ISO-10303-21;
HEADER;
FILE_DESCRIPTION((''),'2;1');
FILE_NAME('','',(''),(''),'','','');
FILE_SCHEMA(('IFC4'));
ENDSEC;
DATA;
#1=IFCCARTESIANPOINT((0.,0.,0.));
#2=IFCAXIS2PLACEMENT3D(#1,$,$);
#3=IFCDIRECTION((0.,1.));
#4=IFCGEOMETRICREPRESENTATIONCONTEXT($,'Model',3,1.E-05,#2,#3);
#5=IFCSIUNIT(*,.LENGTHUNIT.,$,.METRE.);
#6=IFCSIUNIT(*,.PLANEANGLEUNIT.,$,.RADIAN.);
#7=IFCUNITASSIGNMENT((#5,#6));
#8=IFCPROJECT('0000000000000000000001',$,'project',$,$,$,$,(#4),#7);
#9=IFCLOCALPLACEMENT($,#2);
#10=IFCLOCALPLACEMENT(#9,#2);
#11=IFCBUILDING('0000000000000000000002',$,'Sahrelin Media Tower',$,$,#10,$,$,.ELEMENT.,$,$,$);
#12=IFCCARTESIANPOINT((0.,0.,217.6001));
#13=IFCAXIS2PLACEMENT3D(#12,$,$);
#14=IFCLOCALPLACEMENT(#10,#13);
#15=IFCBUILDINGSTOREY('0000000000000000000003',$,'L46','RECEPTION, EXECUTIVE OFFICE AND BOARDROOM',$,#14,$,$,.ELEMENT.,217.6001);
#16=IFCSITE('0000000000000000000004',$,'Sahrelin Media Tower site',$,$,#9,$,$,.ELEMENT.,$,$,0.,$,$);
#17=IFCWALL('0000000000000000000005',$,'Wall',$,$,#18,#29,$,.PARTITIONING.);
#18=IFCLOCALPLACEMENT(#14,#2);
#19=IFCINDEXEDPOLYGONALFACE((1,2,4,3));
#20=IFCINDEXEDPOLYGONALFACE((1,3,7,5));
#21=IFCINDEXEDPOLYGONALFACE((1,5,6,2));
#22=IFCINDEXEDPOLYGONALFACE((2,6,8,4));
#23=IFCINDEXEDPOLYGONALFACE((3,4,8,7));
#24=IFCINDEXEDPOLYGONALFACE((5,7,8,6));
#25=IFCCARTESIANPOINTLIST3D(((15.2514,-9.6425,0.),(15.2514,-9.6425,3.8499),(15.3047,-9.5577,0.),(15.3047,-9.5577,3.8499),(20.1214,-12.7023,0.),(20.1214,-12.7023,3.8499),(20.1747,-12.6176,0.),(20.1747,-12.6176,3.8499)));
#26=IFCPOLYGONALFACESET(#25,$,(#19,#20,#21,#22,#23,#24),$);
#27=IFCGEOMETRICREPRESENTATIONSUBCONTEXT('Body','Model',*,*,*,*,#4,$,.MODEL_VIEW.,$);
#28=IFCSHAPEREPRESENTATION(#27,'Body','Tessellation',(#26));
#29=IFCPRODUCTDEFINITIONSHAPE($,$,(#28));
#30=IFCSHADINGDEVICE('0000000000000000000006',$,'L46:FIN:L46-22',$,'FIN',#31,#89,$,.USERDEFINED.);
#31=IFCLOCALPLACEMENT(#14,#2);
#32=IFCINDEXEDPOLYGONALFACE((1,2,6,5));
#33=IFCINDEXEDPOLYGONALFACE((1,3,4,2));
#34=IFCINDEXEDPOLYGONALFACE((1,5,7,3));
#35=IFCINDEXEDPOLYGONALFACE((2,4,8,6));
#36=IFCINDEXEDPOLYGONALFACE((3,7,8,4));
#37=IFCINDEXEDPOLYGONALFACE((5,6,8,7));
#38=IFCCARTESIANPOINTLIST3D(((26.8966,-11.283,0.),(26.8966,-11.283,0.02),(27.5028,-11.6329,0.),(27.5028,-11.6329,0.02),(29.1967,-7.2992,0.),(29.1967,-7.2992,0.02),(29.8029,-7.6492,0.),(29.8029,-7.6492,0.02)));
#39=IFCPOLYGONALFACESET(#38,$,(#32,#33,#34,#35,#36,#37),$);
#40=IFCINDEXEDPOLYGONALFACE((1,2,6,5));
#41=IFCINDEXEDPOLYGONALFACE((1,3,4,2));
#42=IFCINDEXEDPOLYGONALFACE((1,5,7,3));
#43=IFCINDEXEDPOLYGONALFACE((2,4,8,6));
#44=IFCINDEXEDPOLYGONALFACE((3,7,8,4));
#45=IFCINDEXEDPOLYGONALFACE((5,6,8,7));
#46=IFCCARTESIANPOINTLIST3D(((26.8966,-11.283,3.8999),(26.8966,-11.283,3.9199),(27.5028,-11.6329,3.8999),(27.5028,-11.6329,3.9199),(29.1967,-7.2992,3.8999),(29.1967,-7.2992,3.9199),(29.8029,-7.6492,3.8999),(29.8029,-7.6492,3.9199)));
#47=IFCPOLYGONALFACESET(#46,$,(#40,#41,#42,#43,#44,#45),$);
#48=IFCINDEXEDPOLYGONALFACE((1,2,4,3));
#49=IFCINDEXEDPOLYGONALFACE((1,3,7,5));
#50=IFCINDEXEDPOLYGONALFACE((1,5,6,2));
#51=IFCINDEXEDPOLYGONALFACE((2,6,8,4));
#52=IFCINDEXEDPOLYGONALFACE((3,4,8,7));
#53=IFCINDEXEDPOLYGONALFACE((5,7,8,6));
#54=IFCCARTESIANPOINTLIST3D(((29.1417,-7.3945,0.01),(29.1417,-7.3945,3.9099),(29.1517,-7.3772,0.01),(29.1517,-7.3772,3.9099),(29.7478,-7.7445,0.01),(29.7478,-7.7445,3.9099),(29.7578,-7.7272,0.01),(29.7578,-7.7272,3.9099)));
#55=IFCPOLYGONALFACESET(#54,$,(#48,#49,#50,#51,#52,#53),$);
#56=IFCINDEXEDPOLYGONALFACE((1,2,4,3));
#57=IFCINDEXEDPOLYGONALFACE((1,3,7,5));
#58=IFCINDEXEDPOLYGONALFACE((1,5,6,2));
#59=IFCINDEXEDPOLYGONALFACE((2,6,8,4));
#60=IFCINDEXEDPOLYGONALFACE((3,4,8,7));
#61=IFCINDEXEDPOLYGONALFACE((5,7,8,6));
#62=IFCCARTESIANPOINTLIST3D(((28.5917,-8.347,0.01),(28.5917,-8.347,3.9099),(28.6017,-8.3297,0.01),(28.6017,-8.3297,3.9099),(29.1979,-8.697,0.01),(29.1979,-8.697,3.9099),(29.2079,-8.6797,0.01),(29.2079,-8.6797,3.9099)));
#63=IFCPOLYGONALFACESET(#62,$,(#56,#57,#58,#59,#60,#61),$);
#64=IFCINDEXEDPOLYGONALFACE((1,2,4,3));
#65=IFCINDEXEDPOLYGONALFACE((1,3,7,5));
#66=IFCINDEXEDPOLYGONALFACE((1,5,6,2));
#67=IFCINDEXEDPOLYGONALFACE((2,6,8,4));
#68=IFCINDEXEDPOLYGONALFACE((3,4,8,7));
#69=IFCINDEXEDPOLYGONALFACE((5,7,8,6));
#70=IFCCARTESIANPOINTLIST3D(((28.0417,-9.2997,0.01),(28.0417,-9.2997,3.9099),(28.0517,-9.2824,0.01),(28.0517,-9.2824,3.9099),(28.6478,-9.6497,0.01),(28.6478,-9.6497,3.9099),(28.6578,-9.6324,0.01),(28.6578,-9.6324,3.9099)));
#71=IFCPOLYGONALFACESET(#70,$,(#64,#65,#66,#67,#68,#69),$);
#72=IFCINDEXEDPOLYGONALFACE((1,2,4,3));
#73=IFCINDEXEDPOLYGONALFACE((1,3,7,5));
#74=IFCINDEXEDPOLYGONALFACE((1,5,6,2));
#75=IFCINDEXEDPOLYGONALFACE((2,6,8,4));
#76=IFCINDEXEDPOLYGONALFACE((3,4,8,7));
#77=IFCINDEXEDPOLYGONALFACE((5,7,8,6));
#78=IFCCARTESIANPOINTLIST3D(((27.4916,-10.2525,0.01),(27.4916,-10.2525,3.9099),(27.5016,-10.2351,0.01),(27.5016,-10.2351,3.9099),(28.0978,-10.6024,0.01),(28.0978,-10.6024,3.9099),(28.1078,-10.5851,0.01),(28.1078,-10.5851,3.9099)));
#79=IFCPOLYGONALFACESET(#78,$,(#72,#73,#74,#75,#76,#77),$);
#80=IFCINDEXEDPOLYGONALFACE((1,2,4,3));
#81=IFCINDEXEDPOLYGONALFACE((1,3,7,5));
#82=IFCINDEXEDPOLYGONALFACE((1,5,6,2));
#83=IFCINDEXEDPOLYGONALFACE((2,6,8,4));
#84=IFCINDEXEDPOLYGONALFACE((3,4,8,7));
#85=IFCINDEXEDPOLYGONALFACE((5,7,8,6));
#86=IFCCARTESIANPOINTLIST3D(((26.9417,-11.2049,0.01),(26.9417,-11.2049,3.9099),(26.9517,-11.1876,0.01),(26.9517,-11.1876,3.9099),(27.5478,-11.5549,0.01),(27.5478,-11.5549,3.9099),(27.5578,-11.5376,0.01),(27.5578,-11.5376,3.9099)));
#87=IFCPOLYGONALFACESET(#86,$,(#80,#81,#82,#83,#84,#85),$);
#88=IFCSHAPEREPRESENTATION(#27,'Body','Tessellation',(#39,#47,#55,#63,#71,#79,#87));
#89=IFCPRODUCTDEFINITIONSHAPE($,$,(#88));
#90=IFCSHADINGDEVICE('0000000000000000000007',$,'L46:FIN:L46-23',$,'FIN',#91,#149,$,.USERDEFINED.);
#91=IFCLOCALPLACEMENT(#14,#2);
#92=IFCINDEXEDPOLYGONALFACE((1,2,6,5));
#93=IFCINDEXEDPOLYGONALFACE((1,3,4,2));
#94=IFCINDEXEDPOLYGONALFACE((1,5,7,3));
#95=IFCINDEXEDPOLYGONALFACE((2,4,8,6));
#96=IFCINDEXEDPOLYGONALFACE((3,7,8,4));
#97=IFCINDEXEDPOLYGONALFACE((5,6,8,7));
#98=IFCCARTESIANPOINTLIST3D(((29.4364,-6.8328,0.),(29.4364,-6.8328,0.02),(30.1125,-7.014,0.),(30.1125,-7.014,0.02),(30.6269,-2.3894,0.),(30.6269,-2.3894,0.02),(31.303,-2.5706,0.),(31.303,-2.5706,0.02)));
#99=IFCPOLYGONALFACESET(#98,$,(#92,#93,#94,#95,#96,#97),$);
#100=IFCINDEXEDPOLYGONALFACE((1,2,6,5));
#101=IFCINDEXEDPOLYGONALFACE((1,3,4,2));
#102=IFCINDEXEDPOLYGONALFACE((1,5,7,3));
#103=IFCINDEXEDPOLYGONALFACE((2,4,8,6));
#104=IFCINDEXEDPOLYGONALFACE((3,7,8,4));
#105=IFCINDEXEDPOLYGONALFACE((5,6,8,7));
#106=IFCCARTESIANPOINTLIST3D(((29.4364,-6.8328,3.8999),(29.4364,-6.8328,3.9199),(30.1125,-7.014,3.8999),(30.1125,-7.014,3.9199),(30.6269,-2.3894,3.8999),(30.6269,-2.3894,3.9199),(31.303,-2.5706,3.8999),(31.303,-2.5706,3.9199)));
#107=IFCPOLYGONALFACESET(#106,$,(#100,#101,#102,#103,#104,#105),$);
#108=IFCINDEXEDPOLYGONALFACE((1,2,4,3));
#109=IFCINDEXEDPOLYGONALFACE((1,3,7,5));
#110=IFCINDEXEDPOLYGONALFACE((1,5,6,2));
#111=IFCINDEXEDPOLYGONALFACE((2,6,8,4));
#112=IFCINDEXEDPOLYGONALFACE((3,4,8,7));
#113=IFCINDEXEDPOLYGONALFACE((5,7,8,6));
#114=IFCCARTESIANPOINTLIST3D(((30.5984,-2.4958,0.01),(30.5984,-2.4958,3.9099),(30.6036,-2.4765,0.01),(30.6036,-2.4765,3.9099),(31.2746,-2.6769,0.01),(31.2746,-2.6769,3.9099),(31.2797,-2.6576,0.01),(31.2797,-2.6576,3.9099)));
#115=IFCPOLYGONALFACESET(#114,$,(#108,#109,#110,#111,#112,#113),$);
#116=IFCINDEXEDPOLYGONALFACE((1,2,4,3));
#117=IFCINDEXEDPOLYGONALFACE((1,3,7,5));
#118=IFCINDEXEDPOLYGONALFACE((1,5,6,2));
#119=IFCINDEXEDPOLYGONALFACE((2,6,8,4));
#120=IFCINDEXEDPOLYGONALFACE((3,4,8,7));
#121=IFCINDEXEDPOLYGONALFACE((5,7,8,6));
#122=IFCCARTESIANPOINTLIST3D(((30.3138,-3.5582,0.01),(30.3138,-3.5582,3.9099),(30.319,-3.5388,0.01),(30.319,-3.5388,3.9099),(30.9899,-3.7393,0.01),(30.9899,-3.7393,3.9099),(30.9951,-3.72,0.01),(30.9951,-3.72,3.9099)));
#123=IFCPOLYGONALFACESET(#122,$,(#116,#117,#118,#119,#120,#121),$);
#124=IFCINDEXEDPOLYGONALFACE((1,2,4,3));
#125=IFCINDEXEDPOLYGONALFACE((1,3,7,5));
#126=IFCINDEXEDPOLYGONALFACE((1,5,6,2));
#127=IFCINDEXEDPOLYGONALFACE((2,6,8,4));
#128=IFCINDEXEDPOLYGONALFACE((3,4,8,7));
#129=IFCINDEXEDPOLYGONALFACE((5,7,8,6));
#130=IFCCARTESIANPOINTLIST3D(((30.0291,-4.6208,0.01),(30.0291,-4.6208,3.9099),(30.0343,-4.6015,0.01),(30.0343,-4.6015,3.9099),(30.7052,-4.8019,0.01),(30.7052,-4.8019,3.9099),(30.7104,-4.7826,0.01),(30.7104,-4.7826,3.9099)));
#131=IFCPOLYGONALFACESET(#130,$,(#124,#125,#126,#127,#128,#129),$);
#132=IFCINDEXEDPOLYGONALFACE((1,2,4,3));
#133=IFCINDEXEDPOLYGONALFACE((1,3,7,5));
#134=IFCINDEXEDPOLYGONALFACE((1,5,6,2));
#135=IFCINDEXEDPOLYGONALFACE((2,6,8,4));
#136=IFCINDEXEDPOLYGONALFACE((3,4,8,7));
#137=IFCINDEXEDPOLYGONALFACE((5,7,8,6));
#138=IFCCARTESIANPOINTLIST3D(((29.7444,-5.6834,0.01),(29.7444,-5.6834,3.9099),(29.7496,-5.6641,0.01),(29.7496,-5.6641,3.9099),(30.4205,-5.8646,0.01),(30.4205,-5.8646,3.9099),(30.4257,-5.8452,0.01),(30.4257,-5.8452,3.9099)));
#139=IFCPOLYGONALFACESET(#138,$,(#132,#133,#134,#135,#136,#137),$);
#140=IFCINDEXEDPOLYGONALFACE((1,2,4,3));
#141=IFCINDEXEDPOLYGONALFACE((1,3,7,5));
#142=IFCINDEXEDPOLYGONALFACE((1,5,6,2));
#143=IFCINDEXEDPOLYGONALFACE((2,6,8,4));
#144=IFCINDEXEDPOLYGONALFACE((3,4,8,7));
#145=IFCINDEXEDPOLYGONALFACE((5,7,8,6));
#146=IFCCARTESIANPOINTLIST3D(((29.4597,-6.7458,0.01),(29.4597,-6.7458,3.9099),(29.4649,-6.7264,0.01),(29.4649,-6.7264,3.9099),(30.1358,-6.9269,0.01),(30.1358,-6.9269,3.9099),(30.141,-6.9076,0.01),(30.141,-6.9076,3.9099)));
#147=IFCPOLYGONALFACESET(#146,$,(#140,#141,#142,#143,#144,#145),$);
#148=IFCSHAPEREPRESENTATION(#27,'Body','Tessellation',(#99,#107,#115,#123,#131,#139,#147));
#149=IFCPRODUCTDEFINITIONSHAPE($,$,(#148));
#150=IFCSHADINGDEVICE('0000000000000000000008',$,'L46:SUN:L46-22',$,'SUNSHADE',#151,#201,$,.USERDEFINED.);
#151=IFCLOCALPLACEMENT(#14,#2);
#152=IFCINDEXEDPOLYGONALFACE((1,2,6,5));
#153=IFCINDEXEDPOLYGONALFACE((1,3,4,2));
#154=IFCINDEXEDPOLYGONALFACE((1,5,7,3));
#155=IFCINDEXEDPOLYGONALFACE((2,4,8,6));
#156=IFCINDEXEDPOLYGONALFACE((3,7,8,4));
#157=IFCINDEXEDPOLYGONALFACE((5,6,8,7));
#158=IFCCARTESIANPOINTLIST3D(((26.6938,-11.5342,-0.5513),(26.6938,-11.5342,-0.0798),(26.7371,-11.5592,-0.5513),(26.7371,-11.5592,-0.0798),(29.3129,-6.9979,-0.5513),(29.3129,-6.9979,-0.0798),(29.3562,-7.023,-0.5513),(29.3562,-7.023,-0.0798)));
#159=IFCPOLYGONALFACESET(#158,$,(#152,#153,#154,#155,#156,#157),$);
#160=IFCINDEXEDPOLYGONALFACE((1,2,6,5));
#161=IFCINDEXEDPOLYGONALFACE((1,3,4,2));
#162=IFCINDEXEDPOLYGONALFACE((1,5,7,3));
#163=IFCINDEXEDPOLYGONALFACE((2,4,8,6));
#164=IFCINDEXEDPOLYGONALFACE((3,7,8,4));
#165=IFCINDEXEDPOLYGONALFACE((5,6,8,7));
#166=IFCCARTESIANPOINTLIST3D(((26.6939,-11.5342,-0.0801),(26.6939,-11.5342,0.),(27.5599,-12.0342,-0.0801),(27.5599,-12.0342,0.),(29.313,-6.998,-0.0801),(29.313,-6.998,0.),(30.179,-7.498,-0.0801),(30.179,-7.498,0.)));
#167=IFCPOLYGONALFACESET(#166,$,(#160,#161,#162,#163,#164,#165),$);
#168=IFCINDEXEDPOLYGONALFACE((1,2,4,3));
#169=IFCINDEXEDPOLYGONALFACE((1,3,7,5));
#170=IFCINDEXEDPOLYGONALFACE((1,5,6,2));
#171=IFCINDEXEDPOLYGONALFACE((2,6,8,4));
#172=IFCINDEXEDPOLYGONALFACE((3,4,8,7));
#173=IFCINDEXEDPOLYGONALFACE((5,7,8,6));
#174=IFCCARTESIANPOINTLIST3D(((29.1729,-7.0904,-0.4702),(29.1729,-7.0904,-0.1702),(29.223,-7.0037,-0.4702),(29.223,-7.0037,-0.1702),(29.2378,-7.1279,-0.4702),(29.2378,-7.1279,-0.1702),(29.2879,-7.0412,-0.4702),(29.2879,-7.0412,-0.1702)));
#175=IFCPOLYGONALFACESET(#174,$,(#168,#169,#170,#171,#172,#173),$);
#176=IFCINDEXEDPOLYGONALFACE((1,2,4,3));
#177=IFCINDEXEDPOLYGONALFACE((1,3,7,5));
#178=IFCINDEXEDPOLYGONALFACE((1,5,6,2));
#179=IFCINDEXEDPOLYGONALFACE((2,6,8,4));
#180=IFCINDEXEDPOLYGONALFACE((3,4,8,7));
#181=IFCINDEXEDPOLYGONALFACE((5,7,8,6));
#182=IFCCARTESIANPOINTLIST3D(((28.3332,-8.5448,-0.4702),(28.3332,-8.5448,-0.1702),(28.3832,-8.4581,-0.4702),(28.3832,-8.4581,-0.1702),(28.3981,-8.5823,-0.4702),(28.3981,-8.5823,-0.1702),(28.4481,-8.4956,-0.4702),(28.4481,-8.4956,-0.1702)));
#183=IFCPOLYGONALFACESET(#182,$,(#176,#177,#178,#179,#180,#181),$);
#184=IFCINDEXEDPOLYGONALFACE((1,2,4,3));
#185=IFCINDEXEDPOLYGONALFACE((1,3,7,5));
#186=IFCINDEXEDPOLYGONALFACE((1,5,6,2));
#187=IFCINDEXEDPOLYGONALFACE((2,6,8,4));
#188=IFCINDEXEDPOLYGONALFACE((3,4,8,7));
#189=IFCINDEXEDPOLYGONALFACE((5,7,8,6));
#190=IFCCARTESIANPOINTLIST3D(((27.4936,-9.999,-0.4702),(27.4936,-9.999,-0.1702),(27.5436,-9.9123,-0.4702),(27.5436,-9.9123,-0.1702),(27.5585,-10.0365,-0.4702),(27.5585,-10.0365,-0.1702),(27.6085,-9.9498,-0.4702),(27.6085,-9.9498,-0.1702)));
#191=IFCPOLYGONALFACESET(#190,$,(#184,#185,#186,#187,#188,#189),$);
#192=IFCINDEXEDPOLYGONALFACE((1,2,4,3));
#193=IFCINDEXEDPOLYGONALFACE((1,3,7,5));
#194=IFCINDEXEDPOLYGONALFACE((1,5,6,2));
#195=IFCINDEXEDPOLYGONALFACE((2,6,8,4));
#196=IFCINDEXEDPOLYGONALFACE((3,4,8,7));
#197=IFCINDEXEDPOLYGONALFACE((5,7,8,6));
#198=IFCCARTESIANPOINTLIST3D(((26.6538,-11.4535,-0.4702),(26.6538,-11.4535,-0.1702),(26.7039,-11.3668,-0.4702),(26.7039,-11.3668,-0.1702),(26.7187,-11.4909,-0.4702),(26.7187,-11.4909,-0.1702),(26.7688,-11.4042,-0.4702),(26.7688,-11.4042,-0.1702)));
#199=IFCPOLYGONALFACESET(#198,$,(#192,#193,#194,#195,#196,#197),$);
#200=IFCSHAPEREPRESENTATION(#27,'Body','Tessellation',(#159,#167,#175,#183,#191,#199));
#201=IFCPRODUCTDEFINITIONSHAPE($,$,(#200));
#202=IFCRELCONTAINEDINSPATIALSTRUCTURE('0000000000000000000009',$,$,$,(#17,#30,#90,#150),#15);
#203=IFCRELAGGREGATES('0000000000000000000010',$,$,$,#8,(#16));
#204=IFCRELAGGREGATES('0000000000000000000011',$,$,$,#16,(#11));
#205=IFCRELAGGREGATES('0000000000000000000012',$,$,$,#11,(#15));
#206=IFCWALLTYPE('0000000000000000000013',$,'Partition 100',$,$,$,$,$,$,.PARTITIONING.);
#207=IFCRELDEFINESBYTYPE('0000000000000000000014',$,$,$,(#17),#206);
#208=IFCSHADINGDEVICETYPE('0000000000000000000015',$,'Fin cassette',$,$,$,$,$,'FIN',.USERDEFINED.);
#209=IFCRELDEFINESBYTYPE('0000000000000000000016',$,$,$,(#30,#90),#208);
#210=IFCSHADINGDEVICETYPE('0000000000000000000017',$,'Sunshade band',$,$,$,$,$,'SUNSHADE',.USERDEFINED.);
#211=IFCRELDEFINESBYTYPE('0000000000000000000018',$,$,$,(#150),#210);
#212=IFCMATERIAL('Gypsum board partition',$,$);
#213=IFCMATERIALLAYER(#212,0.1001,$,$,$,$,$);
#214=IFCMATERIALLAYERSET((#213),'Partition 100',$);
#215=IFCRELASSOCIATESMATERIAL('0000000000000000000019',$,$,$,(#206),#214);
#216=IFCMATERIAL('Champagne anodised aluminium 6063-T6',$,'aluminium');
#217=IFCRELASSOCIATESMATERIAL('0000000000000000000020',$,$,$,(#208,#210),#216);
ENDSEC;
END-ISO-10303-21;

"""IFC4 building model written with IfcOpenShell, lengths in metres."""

from ifc_helpers import new_model, si_unit, direction, frame, frame_2d, origin, origin_2d, place, context, subcontext, project, spatial, rectangle, extrude, material, layer, layer_set, type_object, element, save


model = new_model("IFC4")

# Units and contexts
model_context = context("Model", 3, precision=1e-05, world=origin(), true_north=direction((0.0, 1.0)))
body_context = subcontext(model_context, "Body", "Model", "MODEL_VIEW")
ifc_project = project(units=[si_unit("LENGTHUNIT", "METRE"), si_unit("PLANEANGLEUNIT", "RADIAN")], contexts=[model_context])

# Site, building, storey
site_placement = place(None, origin())
site = spatial("IfcSite", under=ifc_project, at=site_placement, Name="Sahrelin Media Tower site", CompositionType="ELEMENT", RefElevation=0.0)
building_placement = place(site_placement, origin())
building = spatial("IfcBuilding", under=site, at=building_placement, Name="Sahrelin Media Tower", CompositionType="ELEMENT")
storey_placement = place(building_placement, frame((0.0, 0.0, 217.6001)))
storey = spatial("IfcBuildingStorey", under=building, at=storey_placement, Name="L46", Description="RECEPTION, EXECUTIVE OFFICE AND BOARDROOM", CompositionType="ELEMENT", Elevation=217.6001)

# Shared definitions
ifc_material_1 = material(Name="Champagne anodised aluminium 6063-T6", Category="aluminium")

# Wall
ifc_material_2 = material(Name="Gypsum board partition")
ifc_layer_1 = layer(ifc_material_2, 0.1001)
ifc_layer_set_1 = layer_set([ifc_layer_1], Name="Partition 100")
wall_type_1 = type_object("IfcWallType", Name="Partition 100", PredefinedType="PARTITIONING", material=ifc_layer_set_1)
wall_1_placement = place(storey_placement, frame((15.2781, -9.6001, 0.0), z_axis=(0.0, 0.0, 1.0), x_axis=(0.846734, -0.532016, 0.0)))
element("IfcWall", 1, at=wall_1_placement, inside=storey, type_object=wall_type_1, Name="Wall", PredefinedType="PARTITIONING", context=body_context, shape_type="SweptSolid", body=[
    extrude(rectangle(XDim=5.7515, YDim=0.1001, at=frame_2d((2.8757, 0.0))), origin(), (0.0, 0.0, 1.0), 3.8499),
])

# Shading devices
shading_device_type_1 = type_object("IfcShadingDeviceType", Name="Fin cassette", ElementType="FIN", PredefinedType="USERDEFINED", material=ifc_material_1)
placement_1 = place(storey_placement, frame((27.9861, -9.2561, 0.0), z_axis=(0.0, 0.0, 1.0), x_axis=(-0.500011, -0.866019, 0.0)))
element("IfcShadingDevice", 2, at=placement_1, inside=storey, type_object=shading_device_type_1, Name="L46:FIN:L46-22", ObjectType="FIN", PredefinedType="USERDEFINED", context=body_context, shape_type="SweptSolid", body=[
    extrude(rectangle(XDim=4.6001, YDim=0.7, at=origin_2d()), frame((0.0, 0.4199, 0.0)), (0.0, 0.0, 1.0), 0.02),
    extrude(rectangle(XDim=4.6001, YDim=0.7, at=origin_2d()), frame((0.0, 0.4199, 3.8999)), (0.0, 0.0, 1.0), 0.02),
    extrude(rectangle(XDim=0.02, YDim=0.7, at=origin_2d()), frame((-2.2, 0.4199, 0.01), z_axis=(0.0, 0.0, 1.0), x_axis=(1.0, 0.0, 0.0)), (0.0, 0.0, 1.0), 3.8999),
    extrude(rectangle(XDim=0.02, YDim=0.7, at=origin_2d()), frame((-1.1001, 0.4199, 0.01), z_axis=(0.0, 0.0, 1.0), x_axis=(1.0, 0.0, 0.0)), (0.0, 0.0, 1.0), 3.8999),
    extrude(rectangle(XDim=0.02, YDim=0.7, at=origin_2d()), frame((0.0, 0.4199, 0.01), z_axis=(0.0, 0.0, 1.0), x_axis=(1.0, 0.0, 0.0)), (0.0, 0.0, 1.0), 3.8999),
    extrude(rectangle(XDim=0.02, YDim=0.7, at=origin_2d()), frame((1.1001, 0.4199, 0.01), z_axis=(0.0, 0.0, 1.0), x_axis=(1.0, 0.0, 0.0)), (0.0, 0.0, 1.0), 3.8999),
    extrude(rectangle(XDim=0.02, YDim=0.7, at=origin_2d()), frame((2.2, 0.4199, 0.01), z_axis=(0.0, 0.0, 1.0), x_axis=(1.0, 0.0, 0.0)), (0.0, 0.0, 1.0), 3.8999),
])
placement_2 = place(storey_placement, frame((29.9641, -4.593, 0.0), z_axis=(0.0, 0.0, 1.0), x_axis=(-0.258808, -0.965929, 0.0)))
element("IfcShadingDevice", 3, at=placement_2, inside=storey, type_object=shading_device_type_1, Name="L46:FIN:L46-23", ObjectType="FIN", PredefinedType="USERDEFINED", context=body_context, shape_type="SweptSolid", body=[
    extrude(rectangle(XDim=4.6001, YDim=0.7, at=origin_2d()), frame((0.0, 0.4199, 0.0)), (0.0, 0.0, 1.0), 0.02),
    extrude(rectangle(XDim=4.6001, YDim=0.7, at=origin_2d()), frame((0.0, 0.4199, 3.8999)), (0.0, 0.0, 1.0), 0.02),
    extrude(rectangle(XDim=0.02, YDim=0.7, at=origin_2d()), frame((-2.2, 0.4199, 0.01), z_axis=(0.0, 0.0, 1.0), x_axis=(1.0, 0.0, 0.0)), (0.0, 0.0, 1.0), 3.8999),
    extrude(rectangle(XDim=0.02, YDim=0.7, at=origin_2d()), frame((-1.1001, 0.4199, 0.01), z_axis=(0.0, 0.0, 1.0), x_axis=(1.0, 0.0, 0.0)), (0.0, 0.0, 1.0), 3.8999),
    extrude(rectangle(XDim=0.02, YDim=0.7, at=origin_2d()), frame((0.0, 0.4199, 0.01), z_axis=(0.0, 0.0, 1.0), x_axis=(1.0, 0.0, 0.0)), (0.0, 0.0, 1.0), 3.8999),
    extrude(rectangle(XDim=0.02, YDim=0.7, at=origin_2d()), frame((1.1001, 0.4199, 0.01), z_axis=(0.0, 0.0, 1.0), x_axis=(1.0, 0.0, 0.0)), (0.0, 0.0, 1.0), 3.8999),
    extrude(rectangle(XDim=0.02, YDim=0.7, at=origin_2d()), frame((2.2, 0.4199, 0.01), z_axis=(0.0, 0.0, 1.0), x_axis=(1.0, 0.0, 0.0)), (0.0, 0.0, 1.0), 3.8999),
])
shading_device_type_2 = type_object("IfcShadingDeviceType", Name="Sunshade band", ElementType="SUNSHADE", PredefinedType="USERDEFINED", material=ifc_material_1)
element("IfcShadingDevice", 4, at=placement_1, inside=storey, type_object=shading_device_type_2, Name="L46:SUN:L46-22", ObjectType="SUNSHADE", PredefinedType="USERDEFINED", context=body_context, shape_type="SweptSolid", body=[
    extrude(rectangle(XDim=5.238, YDim=0.05, at=origin_2d()), frame((0.0, 0.0449, -0.5513)), (0.0, 0.0, 1.0), 0.4714),
    extrude(rectangle(XDim=5.238, YDim=1.0, at=origin_2d()), frame((0.0, 0.52, -0.0801)), (0.0, 0.0, 1.0), 0.0801),
    extrude(rectangle(XDim=0.1001, YDim=0.075, at=origin_2d()), frame((-2.519, -0.0176, -0.4702)), (0.0, 0.0, 1.0), 0.3),
    extrude(rectangle(XDim=0.1001, YDim=0.075, at=origin_2d()), frame((-0.8396, -0.0176, -0.4702)), (0.0, 0.0, 1.0), 0.3),
    extrude(rectangle(XDim=0.1001, YDim=0.075, at=origin_2d()), frame((0.8396, -0.0176, -0.4702)), (0.0, 0.0, 1.0), 0.3),
    extrude(rectangle(XDim=0.1001, YDim=0.075, at=origin_2d()), frame((2.519, -0.0176, -0.4702)), (0.0, 0.0, 1.0), 0.3),
])

save(model, "model.ifc")
